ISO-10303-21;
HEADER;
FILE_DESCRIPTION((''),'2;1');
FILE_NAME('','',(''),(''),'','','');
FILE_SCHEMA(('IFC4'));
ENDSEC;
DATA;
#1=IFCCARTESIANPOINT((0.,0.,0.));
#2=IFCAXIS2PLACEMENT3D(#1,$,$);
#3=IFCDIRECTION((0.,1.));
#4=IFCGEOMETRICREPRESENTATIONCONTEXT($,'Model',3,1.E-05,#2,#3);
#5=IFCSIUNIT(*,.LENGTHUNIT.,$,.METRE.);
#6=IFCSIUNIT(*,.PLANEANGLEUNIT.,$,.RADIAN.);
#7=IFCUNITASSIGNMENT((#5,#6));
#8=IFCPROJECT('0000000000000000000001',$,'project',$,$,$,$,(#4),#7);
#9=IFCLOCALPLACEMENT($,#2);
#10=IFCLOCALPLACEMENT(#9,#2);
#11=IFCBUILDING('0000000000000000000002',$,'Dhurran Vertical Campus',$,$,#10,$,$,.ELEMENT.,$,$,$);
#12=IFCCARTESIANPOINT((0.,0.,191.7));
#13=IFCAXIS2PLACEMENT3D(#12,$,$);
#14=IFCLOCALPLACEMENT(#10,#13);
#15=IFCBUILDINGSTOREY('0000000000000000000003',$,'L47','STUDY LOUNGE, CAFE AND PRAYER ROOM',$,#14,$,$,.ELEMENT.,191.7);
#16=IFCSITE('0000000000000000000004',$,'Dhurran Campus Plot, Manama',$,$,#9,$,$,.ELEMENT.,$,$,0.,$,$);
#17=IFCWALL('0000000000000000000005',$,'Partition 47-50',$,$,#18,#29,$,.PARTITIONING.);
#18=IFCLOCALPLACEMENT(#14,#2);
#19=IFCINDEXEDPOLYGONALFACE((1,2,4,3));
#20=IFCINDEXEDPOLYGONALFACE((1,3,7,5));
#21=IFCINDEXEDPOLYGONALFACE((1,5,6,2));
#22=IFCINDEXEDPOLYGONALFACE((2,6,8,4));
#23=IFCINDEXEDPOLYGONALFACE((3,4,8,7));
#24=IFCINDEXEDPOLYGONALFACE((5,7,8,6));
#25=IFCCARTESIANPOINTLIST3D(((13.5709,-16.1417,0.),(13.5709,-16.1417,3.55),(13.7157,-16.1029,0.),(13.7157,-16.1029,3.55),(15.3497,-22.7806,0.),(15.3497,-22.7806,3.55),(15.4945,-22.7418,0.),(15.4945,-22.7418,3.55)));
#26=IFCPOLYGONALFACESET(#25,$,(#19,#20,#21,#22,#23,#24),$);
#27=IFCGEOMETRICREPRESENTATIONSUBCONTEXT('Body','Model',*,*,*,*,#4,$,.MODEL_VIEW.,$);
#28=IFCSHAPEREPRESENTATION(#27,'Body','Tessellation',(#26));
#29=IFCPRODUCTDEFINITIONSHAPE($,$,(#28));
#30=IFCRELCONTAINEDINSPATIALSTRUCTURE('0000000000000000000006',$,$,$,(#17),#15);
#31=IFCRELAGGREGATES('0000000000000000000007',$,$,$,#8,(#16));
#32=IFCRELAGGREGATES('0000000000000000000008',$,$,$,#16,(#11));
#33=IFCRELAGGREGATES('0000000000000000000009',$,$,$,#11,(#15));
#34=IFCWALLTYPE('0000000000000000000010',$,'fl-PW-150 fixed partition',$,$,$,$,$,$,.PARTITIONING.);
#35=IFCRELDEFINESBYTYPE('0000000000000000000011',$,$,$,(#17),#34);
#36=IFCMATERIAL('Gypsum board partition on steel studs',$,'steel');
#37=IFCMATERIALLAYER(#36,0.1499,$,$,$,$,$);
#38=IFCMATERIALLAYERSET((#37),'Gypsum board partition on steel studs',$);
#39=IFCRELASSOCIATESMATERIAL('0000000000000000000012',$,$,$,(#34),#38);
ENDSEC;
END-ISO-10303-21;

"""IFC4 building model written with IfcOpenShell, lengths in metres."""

from ifc_helpers import new_model, si_unit, direction, frame, frame_2d, origin, place, context, subcontext, project, spatial, rectangle, extrude, material, layer, layer_set, type_object, element, save


model = new_model("IFC4")

# Units and contexts
model_context = context("Model", 3, precision=1e-05, world=origin(), true_north=direction((0.0, 1.0)))
body_context = subcontext(model_context, "Body", "Model", "MODEL_VIEW")
ifc_project = project(units=[si_unit("LENGTHUNIT", "METRE"), si_unit("PLANEANGLEUNIT", "RADIAN")], contexts=[model_context])

# Site, building, storey
site_placement = place(None, origin())
site = spatial("IfcSite", under=ifc_project, at=site_placement, Name="Dhurran Campus Plot, Manama", CompositionType="ELEMENT", RefElevation=0.0)
building_placement = place(site_placement, origin())
building = spatial("IfcBuilding", under=site, at=building_placement, Name="Dhurran Vertical Campus", CompositionType="ELEMENT")
storey_placement = place(building_placement, frame((0.0, 0.0, 191.7)))
storey = spatial("IfcBuildingStorey", under=building, at=storey_placement, Name="L47", Description="STUDY LOUNGE, CAFE AND PRAYER ROOM", CompositionType="ELEMENT", Elevation=191.7)

# Wall
ifc_material_1 = material(Name="Gypsum board partition on steel studs", Category="steel")
ifc_layer_1 = layer(ifc_material_1, 0.1499)
ifc_layer_set_1 = layer_set([ifc_layer_1], Name="Gypsum board partition on steel studs")
wall_type_1 = type_object("IfcWallType", Name="fl-PW-150 fixed partition", PredefinedType="PARTITIONING", material=ifc_layer_set_1)
wall_1_placement = place(storey_placement, frame((13.6433, -16.1223, 0.0), z_axis=(0.0, 0.0, 1.0), x_axis=(0.258808, -0.965929, 0.0)))
element("IfcWall", 1, at=wall_1_placement, inside=storey, type_object=wall_type_1, Name="Partition 47-50", PredefinedType="PARTITIONING", context=body_context, shape_type="SweptSolid", body=[
    extrude(rectangle(XDim=6.873, YDim=0.1499, at=frame_2d((3.4365, 0.0))), origin(), (0.0, 0.0, 1.0), 3.55),
])

save(model, "model.ifc")
